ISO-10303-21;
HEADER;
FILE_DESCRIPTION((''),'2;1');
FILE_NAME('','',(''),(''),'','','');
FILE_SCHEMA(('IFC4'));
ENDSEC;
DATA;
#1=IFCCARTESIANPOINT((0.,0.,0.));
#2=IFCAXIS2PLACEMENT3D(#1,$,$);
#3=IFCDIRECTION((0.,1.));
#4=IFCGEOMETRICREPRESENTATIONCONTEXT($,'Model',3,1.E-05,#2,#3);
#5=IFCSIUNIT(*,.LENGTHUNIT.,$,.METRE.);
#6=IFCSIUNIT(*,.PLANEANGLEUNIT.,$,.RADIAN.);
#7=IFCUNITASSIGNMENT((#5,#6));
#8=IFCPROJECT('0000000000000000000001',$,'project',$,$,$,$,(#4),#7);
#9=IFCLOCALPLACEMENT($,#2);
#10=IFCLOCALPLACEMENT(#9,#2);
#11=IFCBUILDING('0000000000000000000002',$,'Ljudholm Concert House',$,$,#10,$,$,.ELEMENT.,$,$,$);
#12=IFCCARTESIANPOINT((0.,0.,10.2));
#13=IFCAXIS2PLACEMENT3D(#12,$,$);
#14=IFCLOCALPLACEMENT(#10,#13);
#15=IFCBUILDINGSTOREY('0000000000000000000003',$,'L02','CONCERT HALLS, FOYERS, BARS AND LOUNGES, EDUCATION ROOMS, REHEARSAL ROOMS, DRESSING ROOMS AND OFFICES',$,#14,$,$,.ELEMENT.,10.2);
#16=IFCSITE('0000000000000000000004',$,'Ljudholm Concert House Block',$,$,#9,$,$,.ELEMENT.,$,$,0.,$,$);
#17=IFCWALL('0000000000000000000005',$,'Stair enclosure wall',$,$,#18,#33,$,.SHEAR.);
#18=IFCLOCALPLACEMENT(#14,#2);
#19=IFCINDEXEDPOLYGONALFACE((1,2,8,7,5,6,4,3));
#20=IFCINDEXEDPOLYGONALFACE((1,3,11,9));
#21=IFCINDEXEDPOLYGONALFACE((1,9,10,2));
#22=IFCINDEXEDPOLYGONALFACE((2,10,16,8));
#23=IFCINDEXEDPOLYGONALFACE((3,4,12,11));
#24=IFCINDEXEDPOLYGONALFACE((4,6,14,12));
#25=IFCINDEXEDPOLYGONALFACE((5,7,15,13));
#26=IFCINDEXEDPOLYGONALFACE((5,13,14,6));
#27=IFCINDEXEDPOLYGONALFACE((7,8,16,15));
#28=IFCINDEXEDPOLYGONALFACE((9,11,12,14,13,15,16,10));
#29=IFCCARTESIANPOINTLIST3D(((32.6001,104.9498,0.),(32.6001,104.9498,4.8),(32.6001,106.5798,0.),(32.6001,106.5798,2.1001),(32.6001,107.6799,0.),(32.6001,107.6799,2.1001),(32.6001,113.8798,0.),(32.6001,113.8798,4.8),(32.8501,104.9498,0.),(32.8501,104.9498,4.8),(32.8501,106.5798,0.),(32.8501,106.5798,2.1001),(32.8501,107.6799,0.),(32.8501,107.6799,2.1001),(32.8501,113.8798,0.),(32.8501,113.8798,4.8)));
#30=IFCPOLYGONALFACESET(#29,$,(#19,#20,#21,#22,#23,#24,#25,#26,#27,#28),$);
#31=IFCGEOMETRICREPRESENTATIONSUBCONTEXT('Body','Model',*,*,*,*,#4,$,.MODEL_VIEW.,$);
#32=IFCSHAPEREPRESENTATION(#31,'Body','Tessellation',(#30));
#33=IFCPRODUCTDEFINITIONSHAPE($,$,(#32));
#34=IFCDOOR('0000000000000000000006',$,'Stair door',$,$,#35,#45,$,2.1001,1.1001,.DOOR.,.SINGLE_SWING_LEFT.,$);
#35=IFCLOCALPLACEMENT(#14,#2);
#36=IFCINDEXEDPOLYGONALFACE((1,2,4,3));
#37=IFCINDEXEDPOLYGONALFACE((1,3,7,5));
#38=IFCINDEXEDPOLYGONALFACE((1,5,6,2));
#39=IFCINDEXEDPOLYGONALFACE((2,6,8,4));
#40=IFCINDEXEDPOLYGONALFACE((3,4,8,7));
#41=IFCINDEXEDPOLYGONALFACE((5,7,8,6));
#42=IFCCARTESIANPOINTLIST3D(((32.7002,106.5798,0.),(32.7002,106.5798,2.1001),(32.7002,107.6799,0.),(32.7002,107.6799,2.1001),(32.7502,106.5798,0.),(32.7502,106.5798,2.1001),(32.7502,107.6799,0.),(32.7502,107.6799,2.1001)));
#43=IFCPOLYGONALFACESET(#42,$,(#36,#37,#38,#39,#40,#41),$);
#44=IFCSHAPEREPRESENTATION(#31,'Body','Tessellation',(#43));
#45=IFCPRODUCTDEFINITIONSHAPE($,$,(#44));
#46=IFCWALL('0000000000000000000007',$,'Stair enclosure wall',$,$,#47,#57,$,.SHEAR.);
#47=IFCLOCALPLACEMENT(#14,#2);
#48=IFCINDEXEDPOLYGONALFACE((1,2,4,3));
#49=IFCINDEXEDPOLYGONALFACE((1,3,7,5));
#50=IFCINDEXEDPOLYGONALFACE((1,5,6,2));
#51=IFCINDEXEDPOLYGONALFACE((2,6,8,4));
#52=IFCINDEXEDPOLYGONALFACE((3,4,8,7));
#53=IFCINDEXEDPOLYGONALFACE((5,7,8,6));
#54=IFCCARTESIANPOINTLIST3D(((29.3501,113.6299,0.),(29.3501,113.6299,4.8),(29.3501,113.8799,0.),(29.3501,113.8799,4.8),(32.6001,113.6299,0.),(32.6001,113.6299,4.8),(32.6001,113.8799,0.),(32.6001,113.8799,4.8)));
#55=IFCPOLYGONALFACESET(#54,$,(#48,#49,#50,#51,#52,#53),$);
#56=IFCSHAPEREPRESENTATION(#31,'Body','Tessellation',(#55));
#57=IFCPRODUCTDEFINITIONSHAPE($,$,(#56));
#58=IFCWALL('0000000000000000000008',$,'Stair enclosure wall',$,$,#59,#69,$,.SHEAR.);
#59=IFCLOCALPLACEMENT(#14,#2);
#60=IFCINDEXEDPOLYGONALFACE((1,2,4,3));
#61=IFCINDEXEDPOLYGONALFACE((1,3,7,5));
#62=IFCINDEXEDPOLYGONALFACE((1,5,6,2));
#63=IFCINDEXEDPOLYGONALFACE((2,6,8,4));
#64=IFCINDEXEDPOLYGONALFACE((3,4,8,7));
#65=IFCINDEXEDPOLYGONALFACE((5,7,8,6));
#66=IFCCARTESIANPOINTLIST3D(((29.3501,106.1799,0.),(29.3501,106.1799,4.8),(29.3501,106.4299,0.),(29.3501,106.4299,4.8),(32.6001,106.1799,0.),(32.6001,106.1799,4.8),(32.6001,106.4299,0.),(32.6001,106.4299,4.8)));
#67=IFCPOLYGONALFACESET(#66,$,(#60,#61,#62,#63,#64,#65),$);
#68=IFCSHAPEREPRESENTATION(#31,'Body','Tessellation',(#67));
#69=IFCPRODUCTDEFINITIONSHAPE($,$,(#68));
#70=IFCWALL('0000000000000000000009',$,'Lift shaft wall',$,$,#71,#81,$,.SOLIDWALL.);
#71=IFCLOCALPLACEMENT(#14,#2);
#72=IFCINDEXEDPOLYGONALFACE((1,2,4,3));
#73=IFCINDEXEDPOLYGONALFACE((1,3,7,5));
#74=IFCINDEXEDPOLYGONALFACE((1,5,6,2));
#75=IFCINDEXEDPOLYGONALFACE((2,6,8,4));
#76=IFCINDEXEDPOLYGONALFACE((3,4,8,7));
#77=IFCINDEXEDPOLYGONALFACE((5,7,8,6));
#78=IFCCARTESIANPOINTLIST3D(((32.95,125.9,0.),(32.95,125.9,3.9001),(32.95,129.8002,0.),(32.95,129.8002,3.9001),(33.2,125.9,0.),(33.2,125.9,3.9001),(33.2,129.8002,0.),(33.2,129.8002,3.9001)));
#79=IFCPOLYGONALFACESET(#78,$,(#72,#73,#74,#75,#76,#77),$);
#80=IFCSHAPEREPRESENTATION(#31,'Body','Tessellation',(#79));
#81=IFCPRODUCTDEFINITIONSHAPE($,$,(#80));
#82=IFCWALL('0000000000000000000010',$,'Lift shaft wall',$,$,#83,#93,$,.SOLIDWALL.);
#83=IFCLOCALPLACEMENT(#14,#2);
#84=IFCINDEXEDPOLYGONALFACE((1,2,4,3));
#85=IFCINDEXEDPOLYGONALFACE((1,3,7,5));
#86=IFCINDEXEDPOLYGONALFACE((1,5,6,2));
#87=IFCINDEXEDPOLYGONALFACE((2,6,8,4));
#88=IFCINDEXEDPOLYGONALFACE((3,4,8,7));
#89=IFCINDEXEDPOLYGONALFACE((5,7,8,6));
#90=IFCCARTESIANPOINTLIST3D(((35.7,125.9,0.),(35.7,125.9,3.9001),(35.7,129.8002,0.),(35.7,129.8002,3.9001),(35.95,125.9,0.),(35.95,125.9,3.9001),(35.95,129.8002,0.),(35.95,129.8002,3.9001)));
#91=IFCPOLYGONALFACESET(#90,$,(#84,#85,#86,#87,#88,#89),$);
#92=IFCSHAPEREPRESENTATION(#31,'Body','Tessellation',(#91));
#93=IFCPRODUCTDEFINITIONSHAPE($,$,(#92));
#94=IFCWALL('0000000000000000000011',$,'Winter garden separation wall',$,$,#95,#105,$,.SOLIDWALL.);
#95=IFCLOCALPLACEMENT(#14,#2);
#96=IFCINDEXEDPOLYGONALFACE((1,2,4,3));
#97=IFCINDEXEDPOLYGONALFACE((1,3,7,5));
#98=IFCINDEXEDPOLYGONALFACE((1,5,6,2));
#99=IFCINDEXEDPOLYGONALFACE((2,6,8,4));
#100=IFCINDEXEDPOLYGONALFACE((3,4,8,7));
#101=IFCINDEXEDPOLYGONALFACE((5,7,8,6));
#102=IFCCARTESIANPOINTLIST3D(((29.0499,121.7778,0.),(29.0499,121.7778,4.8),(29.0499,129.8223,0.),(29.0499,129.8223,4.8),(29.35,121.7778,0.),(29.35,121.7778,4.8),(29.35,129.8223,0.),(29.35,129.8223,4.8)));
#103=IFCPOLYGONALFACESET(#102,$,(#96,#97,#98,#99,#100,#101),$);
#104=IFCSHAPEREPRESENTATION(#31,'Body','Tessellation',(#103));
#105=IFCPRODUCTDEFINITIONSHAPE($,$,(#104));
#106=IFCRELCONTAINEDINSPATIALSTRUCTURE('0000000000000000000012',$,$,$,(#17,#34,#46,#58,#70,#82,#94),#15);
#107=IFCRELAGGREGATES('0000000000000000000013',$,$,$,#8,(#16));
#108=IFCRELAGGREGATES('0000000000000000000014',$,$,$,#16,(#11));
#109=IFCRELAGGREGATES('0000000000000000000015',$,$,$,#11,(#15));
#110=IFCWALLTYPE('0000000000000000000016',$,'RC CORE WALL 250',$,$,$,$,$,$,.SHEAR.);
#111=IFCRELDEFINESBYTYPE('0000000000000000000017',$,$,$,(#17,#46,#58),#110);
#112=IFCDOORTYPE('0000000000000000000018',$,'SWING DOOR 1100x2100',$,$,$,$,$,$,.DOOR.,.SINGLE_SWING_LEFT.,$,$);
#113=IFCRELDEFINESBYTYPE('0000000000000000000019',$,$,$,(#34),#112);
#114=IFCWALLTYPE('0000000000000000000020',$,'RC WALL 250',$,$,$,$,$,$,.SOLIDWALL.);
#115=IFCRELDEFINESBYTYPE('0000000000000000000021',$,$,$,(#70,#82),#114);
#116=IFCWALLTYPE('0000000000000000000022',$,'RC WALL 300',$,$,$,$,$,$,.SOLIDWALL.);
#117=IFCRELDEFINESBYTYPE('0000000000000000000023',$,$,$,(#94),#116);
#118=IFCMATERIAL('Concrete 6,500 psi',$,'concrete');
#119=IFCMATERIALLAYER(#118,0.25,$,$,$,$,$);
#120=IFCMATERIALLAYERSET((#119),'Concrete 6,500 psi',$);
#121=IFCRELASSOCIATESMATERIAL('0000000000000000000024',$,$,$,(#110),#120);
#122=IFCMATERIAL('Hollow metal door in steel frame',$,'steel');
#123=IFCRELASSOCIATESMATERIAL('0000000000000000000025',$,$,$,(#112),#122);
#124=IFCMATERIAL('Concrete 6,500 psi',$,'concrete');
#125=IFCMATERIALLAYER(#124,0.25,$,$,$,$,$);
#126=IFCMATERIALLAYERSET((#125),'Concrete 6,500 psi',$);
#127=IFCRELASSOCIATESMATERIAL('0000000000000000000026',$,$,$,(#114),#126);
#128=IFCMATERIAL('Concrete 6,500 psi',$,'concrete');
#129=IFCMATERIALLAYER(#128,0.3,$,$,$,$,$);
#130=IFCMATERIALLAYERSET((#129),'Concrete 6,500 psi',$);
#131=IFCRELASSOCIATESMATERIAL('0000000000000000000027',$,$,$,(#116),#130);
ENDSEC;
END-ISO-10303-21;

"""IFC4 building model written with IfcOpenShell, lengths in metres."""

from ifc_helpers import new_model, si_unit, direction, frame, frame_2d, origin, place, context, subcontext, project, spatial, rectangle, extrude, material, layer, layer_set, type_object, element, fill, save


model = new_model("IFC4")

# Units and contexts
model_context = context("Model", 3, precision=1e-05, world=origin(), true_north=direction((0.0, 1.0)))
body_context = subcontext(model_context, "Body", "Model", "MODEL_VIEW")
ifc_project = project(units=[si_unit("LENGTHUNIT", "METRE"), si_unit("PLANEANGLEUNIT", "RADIAN")], contexts=[model_context])

# Site, building, storey
site_placement = place(None, origin())
site = spatial("IfcSite", under=ifc_project, at=site_placement, Name="Ljudholm Concert House Block", CompositionType="ELEMENT", RefElevation=0.0)
building_placement = place(site_placement, origin())
building = spatial("IfcBuilding", under=site, at=building_placement, Name="Ljudholm Concert House", CompositionType="ELEMENT")
storey_placement = place(building_placement, frame((0.0, 0.0, 10.2)))
storey = spatial("IfcBuildingStorey", under=building, at=storey_placement, Name="L02", Description="CONCERT HALLS, FOYERS, BARS AND LOUNGES, EDUCATION ROOMS, REHEARSAL ROOMS, DRESSING ROOMS AND OFFICES", CompositionType="ELEMENT", Elevation=10.2)

# Wall, opening, door
ifc_material_1 = material(Name="Concrete 6,500 psi", Category="concrete")
ifc_layer_1 = layer(ifc_material_1, 0.25)
ifc_layer_set_1 = layer_set([ifc_layer_1], Name="Concrete 6,500 psi")
wall_type_1 = type_object("IfcWallType", Name="RC CORE WALL 250", PredefinedType="SHEAR", material=ifc_layer_set_1)
wall_1_placement = place(storey_placement, frame((32.7251, 104.95, 0.0), z_axis=(0.0, 0.0, 1.0), x_axis=(0.0, 1.0, 0.0)))
wall_1 = element("IfcWall", 1, at=wall_1_placement, inside=storey, type_object=wall_type_1, Name="Stair enclosure wall", PredefinedType="SHEAR", context=body_context, shape_type="SweptSolid", body=[
    extrude(rectangle(XDim=8.9299, YDim=0.25, at=frame_2d((4.4648, 0.0))), origin(), (0.0, 0.0, 1.0), 4.8),
])
opening_1_placement = place(wall_1_placement, frame((1.6299, 0.0, 0.0)))
opening_1 = element("IfcOpeningElement", 2, at=opening_1_placement, cuts=wall_1, PredefinedType="OPENING", context=body_context, shape_type="SweptSolid", body=[
    extrude(rectangle(XDim=1.1001, YDim=2.1001, at=frame_2d((0.55, 1.05))), frame((0.0, 0.135, 0.0), z_axis=(0.0, -1.0, 0.0), x_axis=(1.0, 0.0, 0.0)), (0.0, 0.0, 1.0), 0.27),
])
ifc_material_2 = material(Name="Hollow metal door in steel frame", Category="steel")
door_type_1 = type_object("IfcDoorType", Name="SWING DOOR 1100x2100", OperationType="SINGLE_SWING_LEFT", PredefinedType="DOOR", material=ifc_material_2)
door_1_placement = place(opening_1_placement, origin())
door_1 = element("IfcDoor", 3, at=door_1_placement, inside=storey, type_object=door_type_1, Name="Stair door", OperationType="SINGLE_SWING_LEFT", OverallHeight=2.1001, OverallWidth=1.1001, PredefinedType="DOOR", context=body_context, shape_type="SweptSolid", body=[
    extrude(rectangle(XDim=1.1001, YDim=2.1001, at=frame_2d((0.55, 1.05))), frame((0.0, 0.0249, 0.0), z_axis=(0.0, -1.0, 0.0), x_axis=(1.0, 0.0, 0.0)), (0.0, 0.0, 1.0), 0.05),
])
fill(opening_1, door_1)

# Walls
for number, where, z_axis, x_axis, name in (
    (4, (29.3501, 113.7549, 0.0), (0.0, 0.0, 1.0), (1.0, 0.0, 0.0), "Stair enclosure wall"),
    (5, (29.3501, 106.3049, 0.0), (0.0, 0.0, 1.0), (1.0, 0.0, 0.0), "Stair enclosure wall"),
):
    element("IfcWall", number, at=place(storey_placement, frame(where, z_axis=z_axis, x_axis=x_axis)), inside=storey, type_object=wall_type_1, Name=name, PredefinedType="SHEAR", context=body_context, shape_type="SweptSolid", body=[
        extrude(rectangle(XDim=3.25, YDim=0.25, at=frame_2d((1.625, 0.0))), origin(), (0.0, 0.0, 1.0), 4.8),
    ])
ifc_material_3 = material(Name="Concrete 6,500 psi", Category="concrete")
ifc_layer_2 = layer(ifc_material_3, 0.25)
ifc_layer_set_2 = layer_set([ifc_layer_2], Name="Concrete 6,500 psi")
wall_type_2 = type_object("IfcWallType", Name="RC WALL 250", PredefinedType="SOLIDWALL", material=ifc_layer_set_2)
for number, where, z_axis, x_axis, name in (
    (6, (33.075, 125.8999, 0.0), (0.0, 0.0, 1.0), (0.0, 1.0, 0.0), "Lift shaft wall"),
    (7, (35.825, 125.8999, 0.0), (0.0, 0.0, 1.0), (0.0, 1.0, 0.0), "Lift shaft wall"),
):
    element("IfcWall", number, at=place(storey_placement, frame(where, z_axis=z_axis, x_axis=x_axis)), inside=storey, type_object=wall_type_2, Name=name, PredefinedType="SOLIDWALL", context=body_context, shape_type="SweptSolid", body=[
        extrude(rectangle(XDim=3.9001, YDim=0.25, at=frame_2d((1.9502, 0.0))), origin(), (0.0, 0.0, 1.0), 3.9001),
    ])

# Shared definitions
ifc_material_4 = material(Name="Concrete 6,500 psi", Category="concrete")
ifc_layer_3 = layer(ifc_material_4, 0.3)
ifc_layer_set_3 = layer_set([ifc_layer_3], Name="Concrete 6,500 psi")
wall_type_3 = type_object("IfcWallType", Name="RC WALL 300", PredefinedType="SOLIDWALL", material=ifc_layer_set_3)

# Wall
wall_2_placement = place(storey_placement, frame((29.2, 121.7778, 0.0), z_axis=(0.0, 0.0, 1.0), x_axis=(0.0, 1.0, 0.0)))
element("IfcWall", 8, at=wall_2_placement, inside=storey, type_object=wall_type_3, Name="Winter garden separation wall", PredefinedType="SOLIDWALL", context=body_context, shape_type="SweptSolid", body=[
    extrude(rectangle(XDim=8.0444, YDim=0.3, at=frame_2d((4.0222, 0.0))), origin(), (0.0, 0.0, 1.0), 4.8),
])

save(model, "model.ifc")
